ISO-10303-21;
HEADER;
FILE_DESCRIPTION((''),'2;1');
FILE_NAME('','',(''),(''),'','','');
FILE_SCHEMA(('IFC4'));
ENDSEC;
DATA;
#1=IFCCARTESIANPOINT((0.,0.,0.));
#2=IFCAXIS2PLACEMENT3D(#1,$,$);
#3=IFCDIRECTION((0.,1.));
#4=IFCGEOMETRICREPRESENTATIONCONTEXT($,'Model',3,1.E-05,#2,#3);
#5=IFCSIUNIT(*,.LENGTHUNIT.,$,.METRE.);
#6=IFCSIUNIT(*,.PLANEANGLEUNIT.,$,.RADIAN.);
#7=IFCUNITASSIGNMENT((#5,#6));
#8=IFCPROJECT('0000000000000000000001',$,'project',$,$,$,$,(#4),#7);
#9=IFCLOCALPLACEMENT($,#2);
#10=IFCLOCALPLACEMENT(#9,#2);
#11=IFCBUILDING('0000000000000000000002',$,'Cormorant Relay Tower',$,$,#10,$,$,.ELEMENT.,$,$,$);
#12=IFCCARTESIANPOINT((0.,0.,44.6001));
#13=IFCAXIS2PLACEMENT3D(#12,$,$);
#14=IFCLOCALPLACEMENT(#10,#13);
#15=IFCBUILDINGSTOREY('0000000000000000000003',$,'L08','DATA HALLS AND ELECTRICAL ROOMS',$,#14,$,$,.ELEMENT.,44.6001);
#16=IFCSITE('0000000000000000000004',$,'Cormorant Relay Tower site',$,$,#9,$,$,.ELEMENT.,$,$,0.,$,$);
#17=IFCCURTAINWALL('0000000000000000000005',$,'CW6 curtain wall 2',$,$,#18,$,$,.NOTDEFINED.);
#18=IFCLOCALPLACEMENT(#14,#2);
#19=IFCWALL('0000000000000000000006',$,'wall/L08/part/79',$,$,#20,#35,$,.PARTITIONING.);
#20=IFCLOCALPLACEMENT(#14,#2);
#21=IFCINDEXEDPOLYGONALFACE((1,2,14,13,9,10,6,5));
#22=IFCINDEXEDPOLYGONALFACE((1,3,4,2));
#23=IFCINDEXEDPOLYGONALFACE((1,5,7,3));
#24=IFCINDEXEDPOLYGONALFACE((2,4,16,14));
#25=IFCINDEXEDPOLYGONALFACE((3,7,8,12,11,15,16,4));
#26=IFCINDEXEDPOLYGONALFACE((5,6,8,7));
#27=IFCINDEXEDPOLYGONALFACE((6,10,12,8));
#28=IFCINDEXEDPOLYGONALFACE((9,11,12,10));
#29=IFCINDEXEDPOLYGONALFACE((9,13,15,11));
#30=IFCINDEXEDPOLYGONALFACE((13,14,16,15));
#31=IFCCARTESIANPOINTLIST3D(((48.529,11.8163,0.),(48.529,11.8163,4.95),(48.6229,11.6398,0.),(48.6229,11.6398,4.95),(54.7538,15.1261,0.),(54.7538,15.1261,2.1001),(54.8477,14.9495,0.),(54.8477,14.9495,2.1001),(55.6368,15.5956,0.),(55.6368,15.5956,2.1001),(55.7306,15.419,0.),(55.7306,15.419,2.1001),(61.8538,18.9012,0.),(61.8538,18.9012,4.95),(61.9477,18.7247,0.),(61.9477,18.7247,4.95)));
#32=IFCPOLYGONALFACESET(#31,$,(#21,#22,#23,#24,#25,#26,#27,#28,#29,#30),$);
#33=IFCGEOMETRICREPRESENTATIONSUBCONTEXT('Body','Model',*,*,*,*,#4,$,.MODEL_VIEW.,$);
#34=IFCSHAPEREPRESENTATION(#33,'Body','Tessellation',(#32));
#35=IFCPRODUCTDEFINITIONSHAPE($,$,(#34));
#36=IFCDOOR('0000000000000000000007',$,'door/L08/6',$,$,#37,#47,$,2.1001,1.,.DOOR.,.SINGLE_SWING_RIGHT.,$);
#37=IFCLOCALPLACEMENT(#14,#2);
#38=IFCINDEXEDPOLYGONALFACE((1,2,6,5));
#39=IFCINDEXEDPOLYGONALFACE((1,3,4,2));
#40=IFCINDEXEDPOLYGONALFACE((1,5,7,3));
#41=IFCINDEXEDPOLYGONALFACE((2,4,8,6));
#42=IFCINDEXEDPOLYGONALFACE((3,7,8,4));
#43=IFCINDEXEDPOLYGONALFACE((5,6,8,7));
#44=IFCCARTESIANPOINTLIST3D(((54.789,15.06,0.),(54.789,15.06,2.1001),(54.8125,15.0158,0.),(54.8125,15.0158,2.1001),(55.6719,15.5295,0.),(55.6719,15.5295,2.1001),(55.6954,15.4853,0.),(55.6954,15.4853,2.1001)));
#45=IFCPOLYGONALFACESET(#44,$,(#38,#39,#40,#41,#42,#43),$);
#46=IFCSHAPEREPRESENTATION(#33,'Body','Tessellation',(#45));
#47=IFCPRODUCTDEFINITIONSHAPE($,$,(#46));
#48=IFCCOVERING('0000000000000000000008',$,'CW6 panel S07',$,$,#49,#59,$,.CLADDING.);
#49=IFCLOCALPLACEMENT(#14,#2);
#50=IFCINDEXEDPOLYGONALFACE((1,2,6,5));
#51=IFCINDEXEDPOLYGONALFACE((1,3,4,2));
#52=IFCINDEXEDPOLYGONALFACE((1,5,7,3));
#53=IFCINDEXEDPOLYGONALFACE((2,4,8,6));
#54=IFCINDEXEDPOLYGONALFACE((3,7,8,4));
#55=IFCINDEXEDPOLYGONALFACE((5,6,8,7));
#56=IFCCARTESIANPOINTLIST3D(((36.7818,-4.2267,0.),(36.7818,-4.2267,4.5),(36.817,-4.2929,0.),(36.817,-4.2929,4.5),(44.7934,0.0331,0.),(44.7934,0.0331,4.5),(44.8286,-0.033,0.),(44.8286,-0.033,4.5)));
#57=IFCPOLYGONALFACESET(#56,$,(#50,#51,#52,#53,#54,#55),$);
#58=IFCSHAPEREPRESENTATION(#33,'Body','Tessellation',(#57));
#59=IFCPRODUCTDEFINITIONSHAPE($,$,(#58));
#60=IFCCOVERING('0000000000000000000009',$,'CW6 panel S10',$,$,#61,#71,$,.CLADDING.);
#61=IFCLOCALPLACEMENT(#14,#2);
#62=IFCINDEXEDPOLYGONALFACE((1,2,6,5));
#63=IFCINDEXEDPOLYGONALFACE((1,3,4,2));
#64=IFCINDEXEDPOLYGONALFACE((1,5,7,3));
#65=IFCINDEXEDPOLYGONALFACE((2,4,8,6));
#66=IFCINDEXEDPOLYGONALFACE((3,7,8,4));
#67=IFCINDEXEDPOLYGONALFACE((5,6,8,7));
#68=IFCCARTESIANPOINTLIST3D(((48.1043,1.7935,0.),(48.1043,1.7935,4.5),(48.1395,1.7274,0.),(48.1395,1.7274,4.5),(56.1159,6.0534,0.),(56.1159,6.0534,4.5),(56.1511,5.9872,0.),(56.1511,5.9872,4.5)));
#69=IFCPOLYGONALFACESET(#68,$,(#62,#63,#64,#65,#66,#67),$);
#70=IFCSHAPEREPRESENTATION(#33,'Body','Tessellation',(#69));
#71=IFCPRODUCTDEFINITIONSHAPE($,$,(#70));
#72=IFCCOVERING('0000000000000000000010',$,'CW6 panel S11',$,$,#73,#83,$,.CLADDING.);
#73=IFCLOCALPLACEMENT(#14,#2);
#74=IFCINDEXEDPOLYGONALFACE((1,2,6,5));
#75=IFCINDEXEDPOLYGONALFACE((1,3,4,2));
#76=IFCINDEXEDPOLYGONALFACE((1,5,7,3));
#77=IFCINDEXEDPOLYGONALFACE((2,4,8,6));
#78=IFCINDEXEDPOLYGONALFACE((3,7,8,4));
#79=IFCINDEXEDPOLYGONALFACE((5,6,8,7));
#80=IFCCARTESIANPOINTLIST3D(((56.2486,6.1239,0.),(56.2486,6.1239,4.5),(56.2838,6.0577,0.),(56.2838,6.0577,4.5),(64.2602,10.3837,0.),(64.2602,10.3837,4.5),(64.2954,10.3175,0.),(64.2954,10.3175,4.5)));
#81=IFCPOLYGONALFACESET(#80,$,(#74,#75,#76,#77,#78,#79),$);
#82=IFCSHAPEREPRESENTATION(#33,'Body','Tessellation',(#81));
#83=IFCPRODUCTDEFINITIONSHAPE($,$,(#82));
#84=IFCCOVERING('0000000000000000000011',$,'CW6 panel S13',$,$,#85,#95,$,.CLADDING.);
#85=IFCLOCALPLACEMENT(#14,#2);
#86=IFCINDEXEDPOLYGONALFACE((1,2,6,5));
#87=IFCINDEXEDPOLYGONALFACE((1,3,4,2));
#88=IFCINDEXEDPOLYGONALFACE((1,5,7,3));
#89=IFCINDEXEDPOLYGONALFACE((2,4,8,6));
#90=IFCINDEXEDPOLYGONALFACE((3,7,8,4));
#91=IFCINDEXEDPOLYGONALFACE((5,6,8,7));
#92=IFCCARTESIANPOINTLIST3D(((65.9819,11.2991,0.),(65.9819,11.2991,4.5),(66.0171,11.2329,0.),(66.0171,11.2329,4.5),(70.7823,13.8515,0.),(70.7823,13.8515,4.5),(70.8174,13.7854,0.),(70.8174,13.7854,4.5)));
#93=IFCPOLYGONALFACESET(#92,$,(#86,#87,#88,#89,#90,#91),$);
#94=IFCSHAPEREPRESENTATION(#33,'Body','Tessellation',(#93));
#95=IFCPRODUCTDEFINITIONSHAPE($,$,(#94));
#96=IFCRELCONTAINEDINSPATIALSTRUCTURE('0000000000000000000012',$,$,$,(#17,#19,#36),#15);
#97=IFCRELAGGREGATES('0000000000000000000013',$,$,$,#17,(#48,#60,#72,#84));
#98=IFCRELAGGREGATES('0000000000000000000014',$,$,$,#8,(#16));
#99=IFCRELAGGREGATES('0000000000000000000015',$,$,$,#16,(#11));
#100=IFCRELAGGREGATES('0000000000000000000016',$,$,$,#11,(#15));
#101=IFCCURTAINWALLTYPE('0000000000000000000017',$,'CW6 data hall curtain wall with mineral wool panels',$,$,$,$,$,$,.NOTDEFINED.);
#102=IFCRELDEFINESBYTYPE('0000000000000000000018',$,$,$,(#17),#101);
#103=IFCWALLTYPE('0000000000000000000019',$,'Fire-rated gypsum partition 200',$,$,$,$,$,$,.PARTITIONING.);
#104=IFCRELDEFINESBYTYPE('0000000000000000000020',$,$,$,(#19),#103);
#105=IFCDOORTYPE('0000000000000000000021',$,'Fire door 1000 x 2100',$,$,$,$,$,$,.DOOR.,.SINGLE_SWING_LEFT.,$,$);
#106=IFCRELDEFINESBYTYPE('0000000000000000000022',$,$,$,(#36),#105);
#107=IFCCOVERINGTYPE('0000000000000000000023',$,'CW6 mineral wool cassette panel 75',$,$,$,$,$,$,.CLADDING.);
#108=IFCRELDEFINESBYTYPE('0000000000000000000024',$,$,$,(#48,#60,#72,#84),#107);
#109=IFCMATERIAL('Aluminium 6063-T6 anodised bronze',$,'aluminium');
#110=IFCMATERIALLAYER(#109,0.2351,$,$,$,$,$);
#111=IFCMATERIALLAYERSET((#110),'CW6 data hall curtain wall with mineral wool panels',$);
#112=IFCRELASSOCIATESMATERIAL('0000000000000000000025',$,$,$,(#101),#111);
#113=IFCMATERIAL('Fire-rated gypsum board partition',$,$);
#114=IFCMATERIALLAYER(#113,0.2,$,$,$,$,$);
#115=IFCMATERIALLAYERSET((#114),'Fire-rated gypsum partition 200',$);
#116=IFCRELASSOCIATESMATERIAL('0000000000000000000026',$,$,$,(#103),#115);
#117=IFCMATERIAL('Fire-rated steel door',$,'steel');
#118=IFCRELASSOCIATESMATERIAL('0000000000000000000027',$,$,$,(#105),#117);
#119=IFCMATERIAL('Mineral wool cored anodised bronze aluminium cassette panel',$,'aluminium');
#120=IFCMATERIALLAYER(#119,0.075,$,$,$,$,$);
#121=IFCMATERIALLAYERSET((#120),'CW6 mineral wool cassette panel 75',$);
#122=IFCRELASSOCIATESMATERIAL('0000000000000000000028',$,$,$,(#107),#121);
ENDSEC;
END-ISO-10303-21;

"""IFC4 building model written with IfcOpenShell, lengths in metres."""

from ifc_helpers import new_model, si_unit, direction, frame, frame_2d, origin, origin_2d, place, context, subcontext, project, spatial, rectangle, extrude, material, layer, layer_set, type_object, element, fill, aggregate, save


model = new_model("IFC4")

# Units and contexts
model_context = context("Model", 3, precision=1e-05, world=origin(), true_north=direction((0.0, 1.0)))
body_context = subcontext(model_context, "Body", "Model", "MODEL_VIEW")
ifc_project = project(units=[si_unit("LENGTHUNIT", "METRE"), si_unit("PLANEANGLEUNIT", "RADIAN")], contexts=[model_context])

# Site, building, storey
site_placement = place(None, origin())
site = spatial("IfcSite", under=ifc_project, at=site_placement, Name="Cormorant Relay Tower site", CompositionType="ELEMENT", RefElevation=0.0)
building_placement = place(site_placement, origin())
building = spatial("IfcBuilding", under=site, at=building_placement, Name="Cormorant Relay Tower", CompositionType="ELEMENT")
storey_placement = place(building_placement, frame((0.0, 0.0, 44.6001)))
storey = spatial("IfcBuildingStorey", under=building, at=storey_placement, Name="L08", Description="DATA HALLS AND ELECTRICAL ROOMS", CompositionType="ELEMENT", Elevation=44.6001)

# Curtain wall
ifc_material_1 = material(Name="Aluminium 6063-T6 anodised bronze", Category="aluminium")
ifc_layer_1 = layer(ifc_material_1, 0.2351)
ifc_layer_set_1 = layer_set([ifc_layer_1], Name="CW6 data hall curtain wall with mineral wool panels")
curtain_wall_type = type_object("IfcCurtainWallType", Name="CW6 data hall curtain wall with mineral wool panels", PredefinedType="NOTDEFINED", material=ifc_layer_set_1)
curtain_wall_1_placement = place(storey_placement, origin())
curtain_wall_1 = element("IfcCurtainWall", 1, at=curtain_wall_1_placement, inside=storey, type_object=curtain_wall_type, Name="CW6 curtain wall 2", PredefinedType="NOTDEFINED")

# Shared definitions
ifc_material_2 = material(Name="Fire-rated gypsum board partition")
ifc_layer_2 = layer(ifc_material_2, 0.2)
ifc_layer_set_2 = layer_set([ifc_layer_2], Name="Fire-rated gypsum partition 200")
wall_type_1 = type_object("IfcWallType", Name="Fire-rated gypsum partition 200", PredefinedType="PARTITIONING", material=ifc_layer_set_2)
ifc_material_3 = material(Name="Fire-rated steel door", Category="steel")
door_type_1 = type_object("IfcDoorType", Name="Fire door 1000 x 2100", OperationType="SINGLE_SWING_LEFT", PredefinedType="DOOR", material=ifc_material_3)

# Wall, opening, door
wall_1_placement = place(storey_placement, frame((48.5759, 11.728, 0.0), z_axis=(0.0, 0.0, 1.0), x_axis=(0.882949, 0.469469, 0.0)))
wall_1 = element("IfcWall", 2, at=wall_1_placement, inside=storey, type_object=wall_type_1, Name="wall/L08/part/79", PredefinedType="PARTITIONING", context=body_context, shape_type="SweptSolid", body=[
    extrude(rectangle(XDim=15.0913, YDim=0.2, at=frame_2d((7.5457, 0.0))), origin(), (0.0, 0.0, 1.0), 4.95),
])
opening_1_placement = place(wall_1_placement, frame((7.05, 0.0, 0.0)))
opening_1 = element("IfcOpeningElement", 3, at=opening_1_placement, cuts=wall_1, PredefinedType="OPENING", context=body_context, shape_type="SweptSolid", body=[
    extrude(rectangle(XDim=1.0, YDim=2.1001, at=frame_2d((0.5, 1.05))), frame((0.0, 0.1099, 0.0), z_axis=(0.0, -1.0, 0.0), x_axis=(1.0, 0.0, 0.0)), (0.0, 0.0, 1.0), 0.22),
])
door_1_placement = place(opening_1_placement, frame((1.0, 0.0, 0.0), z_axis=(0.0, 0.0, 1.0), x_axis=(-1.0, 0.0, 0.0)))
door_1 = element("IfcDoor", 4, at=door_1_placement, inside=storey, type_object=door_type_1, Name="door/L08/6", OperationType="SINGLE_SWING_RIGHT", OverallHeight=2.1001, OverallWidth=1.0, PredefinedType="DOOR", context=body_context, shape_type="SweptSolid", body=[
    extrude(rectangle(XDim=1.0, YDim=2.1001, at=frame_2d((0.5, 1.05))), frame((0.0, 0.0249, 0.0), z_axis=(0.0, -1.0, 0.0), x_axis=(1.0, 0.0, 0.0)), (0.0, 0.0, 1.0), 0.05),
])
fill(opening_1, door_1)

# Coverings
ifc_material_4 = material(Name="Mineral wool cored anodised bronze aluminium cassette panel", Category="aluminium")
ifc_layer_3 = layer(ifc_material_4, 0.075)
ifc_layer_set_3 = layer_set([ifc_layer_3], Name="CW6 mineral wool cassette panel 75")
covering_type = type_object("IfcCoveringType", Name="CW6 mineral wool cassette panel 75", PredefinedType="CLADDING", material=ifc_layer_set_3)
covering_1_placement = place(storey_placement, frame((40.8052, -2.1299, 0.0), z_axis=(0.0, 0.0, 1.0), x_axis=(0.882948, 0.469472, 0.0)))
covering_1 = element("IfcCovering", 5, at=covering_1_placement, type_object=covering_type, Name="CW6 panel S07", PredefinedType="CLADDING", context=body_context, shape_type="SweptSolid", body=[
    extrude(rectangle(XDim=9.0737, YDim=0.075, at=origin_2d()), origin(), (0.0, 0.0, 1.0), 4.5),
])
covering_2_placement = place(storey_placement, frame((52.1277, 3.8904, 0.0), z_axis=(0.0, 0.0, 1.0), x_axis=(0.882948, 0.469472, 0.0)))
covering_2 = element("IfcCovering", 6, at=covering_2_placement, type_object=covering_type, Name="CW6 panel S10", PredefinedType="CLADDING", context=body_context, shape_type="SweptSolid", body=[
    extrude(rectangle(XDim=9.0737, YDim=0.075, at=origin_2d()), origin(), (0.0, 0.0, 1.0), 4.5),
])
covering_3_placement = place(storey_placement, frame((60.272, 8.2207, 0.0), z_axis=(0.0, 0.0, 1.0), x_axis=(0.882948, 0.469472, 0.0)))
covering_3 = element("IfcCovering", 7, at=covering_3_placement, type_object=covering_type, Name="CW6 panel S11", PredefinedType="CLADDING", context=body_context, shape_type="SweptSolid", body=[
    extrude(rectangle(XDim=9.0737, YDim=0.075, at=origin_2d()), origin(), (0.0, 0.0, 1.0), 4.5),
])
covering_4_placement = place(storey_placement, frame((68.3997, 12.5422, 0.0), z_axis=(0.0, 0.0, 1.0), x_axis=(0.882948, 0.469472, 0.0)))
covering_4 = element("IfcCovering", 8, at=covering_4_placement, type_object=covering_type, Name="CW6 panel S13", PredefinedType="CLADDING", context=body_context, shape_type="SweptSolid", body=[
    extrude(rectangle(XDim=5.4368, YDim=0.075, at=origin_2d()), origin(), (0.0, 0.0, 1.0), 4.5),
])
aggregate(curtain_wall_1, [covering_1, covering_2, covering_3, covering_4])

save(model, "model.ifc")
